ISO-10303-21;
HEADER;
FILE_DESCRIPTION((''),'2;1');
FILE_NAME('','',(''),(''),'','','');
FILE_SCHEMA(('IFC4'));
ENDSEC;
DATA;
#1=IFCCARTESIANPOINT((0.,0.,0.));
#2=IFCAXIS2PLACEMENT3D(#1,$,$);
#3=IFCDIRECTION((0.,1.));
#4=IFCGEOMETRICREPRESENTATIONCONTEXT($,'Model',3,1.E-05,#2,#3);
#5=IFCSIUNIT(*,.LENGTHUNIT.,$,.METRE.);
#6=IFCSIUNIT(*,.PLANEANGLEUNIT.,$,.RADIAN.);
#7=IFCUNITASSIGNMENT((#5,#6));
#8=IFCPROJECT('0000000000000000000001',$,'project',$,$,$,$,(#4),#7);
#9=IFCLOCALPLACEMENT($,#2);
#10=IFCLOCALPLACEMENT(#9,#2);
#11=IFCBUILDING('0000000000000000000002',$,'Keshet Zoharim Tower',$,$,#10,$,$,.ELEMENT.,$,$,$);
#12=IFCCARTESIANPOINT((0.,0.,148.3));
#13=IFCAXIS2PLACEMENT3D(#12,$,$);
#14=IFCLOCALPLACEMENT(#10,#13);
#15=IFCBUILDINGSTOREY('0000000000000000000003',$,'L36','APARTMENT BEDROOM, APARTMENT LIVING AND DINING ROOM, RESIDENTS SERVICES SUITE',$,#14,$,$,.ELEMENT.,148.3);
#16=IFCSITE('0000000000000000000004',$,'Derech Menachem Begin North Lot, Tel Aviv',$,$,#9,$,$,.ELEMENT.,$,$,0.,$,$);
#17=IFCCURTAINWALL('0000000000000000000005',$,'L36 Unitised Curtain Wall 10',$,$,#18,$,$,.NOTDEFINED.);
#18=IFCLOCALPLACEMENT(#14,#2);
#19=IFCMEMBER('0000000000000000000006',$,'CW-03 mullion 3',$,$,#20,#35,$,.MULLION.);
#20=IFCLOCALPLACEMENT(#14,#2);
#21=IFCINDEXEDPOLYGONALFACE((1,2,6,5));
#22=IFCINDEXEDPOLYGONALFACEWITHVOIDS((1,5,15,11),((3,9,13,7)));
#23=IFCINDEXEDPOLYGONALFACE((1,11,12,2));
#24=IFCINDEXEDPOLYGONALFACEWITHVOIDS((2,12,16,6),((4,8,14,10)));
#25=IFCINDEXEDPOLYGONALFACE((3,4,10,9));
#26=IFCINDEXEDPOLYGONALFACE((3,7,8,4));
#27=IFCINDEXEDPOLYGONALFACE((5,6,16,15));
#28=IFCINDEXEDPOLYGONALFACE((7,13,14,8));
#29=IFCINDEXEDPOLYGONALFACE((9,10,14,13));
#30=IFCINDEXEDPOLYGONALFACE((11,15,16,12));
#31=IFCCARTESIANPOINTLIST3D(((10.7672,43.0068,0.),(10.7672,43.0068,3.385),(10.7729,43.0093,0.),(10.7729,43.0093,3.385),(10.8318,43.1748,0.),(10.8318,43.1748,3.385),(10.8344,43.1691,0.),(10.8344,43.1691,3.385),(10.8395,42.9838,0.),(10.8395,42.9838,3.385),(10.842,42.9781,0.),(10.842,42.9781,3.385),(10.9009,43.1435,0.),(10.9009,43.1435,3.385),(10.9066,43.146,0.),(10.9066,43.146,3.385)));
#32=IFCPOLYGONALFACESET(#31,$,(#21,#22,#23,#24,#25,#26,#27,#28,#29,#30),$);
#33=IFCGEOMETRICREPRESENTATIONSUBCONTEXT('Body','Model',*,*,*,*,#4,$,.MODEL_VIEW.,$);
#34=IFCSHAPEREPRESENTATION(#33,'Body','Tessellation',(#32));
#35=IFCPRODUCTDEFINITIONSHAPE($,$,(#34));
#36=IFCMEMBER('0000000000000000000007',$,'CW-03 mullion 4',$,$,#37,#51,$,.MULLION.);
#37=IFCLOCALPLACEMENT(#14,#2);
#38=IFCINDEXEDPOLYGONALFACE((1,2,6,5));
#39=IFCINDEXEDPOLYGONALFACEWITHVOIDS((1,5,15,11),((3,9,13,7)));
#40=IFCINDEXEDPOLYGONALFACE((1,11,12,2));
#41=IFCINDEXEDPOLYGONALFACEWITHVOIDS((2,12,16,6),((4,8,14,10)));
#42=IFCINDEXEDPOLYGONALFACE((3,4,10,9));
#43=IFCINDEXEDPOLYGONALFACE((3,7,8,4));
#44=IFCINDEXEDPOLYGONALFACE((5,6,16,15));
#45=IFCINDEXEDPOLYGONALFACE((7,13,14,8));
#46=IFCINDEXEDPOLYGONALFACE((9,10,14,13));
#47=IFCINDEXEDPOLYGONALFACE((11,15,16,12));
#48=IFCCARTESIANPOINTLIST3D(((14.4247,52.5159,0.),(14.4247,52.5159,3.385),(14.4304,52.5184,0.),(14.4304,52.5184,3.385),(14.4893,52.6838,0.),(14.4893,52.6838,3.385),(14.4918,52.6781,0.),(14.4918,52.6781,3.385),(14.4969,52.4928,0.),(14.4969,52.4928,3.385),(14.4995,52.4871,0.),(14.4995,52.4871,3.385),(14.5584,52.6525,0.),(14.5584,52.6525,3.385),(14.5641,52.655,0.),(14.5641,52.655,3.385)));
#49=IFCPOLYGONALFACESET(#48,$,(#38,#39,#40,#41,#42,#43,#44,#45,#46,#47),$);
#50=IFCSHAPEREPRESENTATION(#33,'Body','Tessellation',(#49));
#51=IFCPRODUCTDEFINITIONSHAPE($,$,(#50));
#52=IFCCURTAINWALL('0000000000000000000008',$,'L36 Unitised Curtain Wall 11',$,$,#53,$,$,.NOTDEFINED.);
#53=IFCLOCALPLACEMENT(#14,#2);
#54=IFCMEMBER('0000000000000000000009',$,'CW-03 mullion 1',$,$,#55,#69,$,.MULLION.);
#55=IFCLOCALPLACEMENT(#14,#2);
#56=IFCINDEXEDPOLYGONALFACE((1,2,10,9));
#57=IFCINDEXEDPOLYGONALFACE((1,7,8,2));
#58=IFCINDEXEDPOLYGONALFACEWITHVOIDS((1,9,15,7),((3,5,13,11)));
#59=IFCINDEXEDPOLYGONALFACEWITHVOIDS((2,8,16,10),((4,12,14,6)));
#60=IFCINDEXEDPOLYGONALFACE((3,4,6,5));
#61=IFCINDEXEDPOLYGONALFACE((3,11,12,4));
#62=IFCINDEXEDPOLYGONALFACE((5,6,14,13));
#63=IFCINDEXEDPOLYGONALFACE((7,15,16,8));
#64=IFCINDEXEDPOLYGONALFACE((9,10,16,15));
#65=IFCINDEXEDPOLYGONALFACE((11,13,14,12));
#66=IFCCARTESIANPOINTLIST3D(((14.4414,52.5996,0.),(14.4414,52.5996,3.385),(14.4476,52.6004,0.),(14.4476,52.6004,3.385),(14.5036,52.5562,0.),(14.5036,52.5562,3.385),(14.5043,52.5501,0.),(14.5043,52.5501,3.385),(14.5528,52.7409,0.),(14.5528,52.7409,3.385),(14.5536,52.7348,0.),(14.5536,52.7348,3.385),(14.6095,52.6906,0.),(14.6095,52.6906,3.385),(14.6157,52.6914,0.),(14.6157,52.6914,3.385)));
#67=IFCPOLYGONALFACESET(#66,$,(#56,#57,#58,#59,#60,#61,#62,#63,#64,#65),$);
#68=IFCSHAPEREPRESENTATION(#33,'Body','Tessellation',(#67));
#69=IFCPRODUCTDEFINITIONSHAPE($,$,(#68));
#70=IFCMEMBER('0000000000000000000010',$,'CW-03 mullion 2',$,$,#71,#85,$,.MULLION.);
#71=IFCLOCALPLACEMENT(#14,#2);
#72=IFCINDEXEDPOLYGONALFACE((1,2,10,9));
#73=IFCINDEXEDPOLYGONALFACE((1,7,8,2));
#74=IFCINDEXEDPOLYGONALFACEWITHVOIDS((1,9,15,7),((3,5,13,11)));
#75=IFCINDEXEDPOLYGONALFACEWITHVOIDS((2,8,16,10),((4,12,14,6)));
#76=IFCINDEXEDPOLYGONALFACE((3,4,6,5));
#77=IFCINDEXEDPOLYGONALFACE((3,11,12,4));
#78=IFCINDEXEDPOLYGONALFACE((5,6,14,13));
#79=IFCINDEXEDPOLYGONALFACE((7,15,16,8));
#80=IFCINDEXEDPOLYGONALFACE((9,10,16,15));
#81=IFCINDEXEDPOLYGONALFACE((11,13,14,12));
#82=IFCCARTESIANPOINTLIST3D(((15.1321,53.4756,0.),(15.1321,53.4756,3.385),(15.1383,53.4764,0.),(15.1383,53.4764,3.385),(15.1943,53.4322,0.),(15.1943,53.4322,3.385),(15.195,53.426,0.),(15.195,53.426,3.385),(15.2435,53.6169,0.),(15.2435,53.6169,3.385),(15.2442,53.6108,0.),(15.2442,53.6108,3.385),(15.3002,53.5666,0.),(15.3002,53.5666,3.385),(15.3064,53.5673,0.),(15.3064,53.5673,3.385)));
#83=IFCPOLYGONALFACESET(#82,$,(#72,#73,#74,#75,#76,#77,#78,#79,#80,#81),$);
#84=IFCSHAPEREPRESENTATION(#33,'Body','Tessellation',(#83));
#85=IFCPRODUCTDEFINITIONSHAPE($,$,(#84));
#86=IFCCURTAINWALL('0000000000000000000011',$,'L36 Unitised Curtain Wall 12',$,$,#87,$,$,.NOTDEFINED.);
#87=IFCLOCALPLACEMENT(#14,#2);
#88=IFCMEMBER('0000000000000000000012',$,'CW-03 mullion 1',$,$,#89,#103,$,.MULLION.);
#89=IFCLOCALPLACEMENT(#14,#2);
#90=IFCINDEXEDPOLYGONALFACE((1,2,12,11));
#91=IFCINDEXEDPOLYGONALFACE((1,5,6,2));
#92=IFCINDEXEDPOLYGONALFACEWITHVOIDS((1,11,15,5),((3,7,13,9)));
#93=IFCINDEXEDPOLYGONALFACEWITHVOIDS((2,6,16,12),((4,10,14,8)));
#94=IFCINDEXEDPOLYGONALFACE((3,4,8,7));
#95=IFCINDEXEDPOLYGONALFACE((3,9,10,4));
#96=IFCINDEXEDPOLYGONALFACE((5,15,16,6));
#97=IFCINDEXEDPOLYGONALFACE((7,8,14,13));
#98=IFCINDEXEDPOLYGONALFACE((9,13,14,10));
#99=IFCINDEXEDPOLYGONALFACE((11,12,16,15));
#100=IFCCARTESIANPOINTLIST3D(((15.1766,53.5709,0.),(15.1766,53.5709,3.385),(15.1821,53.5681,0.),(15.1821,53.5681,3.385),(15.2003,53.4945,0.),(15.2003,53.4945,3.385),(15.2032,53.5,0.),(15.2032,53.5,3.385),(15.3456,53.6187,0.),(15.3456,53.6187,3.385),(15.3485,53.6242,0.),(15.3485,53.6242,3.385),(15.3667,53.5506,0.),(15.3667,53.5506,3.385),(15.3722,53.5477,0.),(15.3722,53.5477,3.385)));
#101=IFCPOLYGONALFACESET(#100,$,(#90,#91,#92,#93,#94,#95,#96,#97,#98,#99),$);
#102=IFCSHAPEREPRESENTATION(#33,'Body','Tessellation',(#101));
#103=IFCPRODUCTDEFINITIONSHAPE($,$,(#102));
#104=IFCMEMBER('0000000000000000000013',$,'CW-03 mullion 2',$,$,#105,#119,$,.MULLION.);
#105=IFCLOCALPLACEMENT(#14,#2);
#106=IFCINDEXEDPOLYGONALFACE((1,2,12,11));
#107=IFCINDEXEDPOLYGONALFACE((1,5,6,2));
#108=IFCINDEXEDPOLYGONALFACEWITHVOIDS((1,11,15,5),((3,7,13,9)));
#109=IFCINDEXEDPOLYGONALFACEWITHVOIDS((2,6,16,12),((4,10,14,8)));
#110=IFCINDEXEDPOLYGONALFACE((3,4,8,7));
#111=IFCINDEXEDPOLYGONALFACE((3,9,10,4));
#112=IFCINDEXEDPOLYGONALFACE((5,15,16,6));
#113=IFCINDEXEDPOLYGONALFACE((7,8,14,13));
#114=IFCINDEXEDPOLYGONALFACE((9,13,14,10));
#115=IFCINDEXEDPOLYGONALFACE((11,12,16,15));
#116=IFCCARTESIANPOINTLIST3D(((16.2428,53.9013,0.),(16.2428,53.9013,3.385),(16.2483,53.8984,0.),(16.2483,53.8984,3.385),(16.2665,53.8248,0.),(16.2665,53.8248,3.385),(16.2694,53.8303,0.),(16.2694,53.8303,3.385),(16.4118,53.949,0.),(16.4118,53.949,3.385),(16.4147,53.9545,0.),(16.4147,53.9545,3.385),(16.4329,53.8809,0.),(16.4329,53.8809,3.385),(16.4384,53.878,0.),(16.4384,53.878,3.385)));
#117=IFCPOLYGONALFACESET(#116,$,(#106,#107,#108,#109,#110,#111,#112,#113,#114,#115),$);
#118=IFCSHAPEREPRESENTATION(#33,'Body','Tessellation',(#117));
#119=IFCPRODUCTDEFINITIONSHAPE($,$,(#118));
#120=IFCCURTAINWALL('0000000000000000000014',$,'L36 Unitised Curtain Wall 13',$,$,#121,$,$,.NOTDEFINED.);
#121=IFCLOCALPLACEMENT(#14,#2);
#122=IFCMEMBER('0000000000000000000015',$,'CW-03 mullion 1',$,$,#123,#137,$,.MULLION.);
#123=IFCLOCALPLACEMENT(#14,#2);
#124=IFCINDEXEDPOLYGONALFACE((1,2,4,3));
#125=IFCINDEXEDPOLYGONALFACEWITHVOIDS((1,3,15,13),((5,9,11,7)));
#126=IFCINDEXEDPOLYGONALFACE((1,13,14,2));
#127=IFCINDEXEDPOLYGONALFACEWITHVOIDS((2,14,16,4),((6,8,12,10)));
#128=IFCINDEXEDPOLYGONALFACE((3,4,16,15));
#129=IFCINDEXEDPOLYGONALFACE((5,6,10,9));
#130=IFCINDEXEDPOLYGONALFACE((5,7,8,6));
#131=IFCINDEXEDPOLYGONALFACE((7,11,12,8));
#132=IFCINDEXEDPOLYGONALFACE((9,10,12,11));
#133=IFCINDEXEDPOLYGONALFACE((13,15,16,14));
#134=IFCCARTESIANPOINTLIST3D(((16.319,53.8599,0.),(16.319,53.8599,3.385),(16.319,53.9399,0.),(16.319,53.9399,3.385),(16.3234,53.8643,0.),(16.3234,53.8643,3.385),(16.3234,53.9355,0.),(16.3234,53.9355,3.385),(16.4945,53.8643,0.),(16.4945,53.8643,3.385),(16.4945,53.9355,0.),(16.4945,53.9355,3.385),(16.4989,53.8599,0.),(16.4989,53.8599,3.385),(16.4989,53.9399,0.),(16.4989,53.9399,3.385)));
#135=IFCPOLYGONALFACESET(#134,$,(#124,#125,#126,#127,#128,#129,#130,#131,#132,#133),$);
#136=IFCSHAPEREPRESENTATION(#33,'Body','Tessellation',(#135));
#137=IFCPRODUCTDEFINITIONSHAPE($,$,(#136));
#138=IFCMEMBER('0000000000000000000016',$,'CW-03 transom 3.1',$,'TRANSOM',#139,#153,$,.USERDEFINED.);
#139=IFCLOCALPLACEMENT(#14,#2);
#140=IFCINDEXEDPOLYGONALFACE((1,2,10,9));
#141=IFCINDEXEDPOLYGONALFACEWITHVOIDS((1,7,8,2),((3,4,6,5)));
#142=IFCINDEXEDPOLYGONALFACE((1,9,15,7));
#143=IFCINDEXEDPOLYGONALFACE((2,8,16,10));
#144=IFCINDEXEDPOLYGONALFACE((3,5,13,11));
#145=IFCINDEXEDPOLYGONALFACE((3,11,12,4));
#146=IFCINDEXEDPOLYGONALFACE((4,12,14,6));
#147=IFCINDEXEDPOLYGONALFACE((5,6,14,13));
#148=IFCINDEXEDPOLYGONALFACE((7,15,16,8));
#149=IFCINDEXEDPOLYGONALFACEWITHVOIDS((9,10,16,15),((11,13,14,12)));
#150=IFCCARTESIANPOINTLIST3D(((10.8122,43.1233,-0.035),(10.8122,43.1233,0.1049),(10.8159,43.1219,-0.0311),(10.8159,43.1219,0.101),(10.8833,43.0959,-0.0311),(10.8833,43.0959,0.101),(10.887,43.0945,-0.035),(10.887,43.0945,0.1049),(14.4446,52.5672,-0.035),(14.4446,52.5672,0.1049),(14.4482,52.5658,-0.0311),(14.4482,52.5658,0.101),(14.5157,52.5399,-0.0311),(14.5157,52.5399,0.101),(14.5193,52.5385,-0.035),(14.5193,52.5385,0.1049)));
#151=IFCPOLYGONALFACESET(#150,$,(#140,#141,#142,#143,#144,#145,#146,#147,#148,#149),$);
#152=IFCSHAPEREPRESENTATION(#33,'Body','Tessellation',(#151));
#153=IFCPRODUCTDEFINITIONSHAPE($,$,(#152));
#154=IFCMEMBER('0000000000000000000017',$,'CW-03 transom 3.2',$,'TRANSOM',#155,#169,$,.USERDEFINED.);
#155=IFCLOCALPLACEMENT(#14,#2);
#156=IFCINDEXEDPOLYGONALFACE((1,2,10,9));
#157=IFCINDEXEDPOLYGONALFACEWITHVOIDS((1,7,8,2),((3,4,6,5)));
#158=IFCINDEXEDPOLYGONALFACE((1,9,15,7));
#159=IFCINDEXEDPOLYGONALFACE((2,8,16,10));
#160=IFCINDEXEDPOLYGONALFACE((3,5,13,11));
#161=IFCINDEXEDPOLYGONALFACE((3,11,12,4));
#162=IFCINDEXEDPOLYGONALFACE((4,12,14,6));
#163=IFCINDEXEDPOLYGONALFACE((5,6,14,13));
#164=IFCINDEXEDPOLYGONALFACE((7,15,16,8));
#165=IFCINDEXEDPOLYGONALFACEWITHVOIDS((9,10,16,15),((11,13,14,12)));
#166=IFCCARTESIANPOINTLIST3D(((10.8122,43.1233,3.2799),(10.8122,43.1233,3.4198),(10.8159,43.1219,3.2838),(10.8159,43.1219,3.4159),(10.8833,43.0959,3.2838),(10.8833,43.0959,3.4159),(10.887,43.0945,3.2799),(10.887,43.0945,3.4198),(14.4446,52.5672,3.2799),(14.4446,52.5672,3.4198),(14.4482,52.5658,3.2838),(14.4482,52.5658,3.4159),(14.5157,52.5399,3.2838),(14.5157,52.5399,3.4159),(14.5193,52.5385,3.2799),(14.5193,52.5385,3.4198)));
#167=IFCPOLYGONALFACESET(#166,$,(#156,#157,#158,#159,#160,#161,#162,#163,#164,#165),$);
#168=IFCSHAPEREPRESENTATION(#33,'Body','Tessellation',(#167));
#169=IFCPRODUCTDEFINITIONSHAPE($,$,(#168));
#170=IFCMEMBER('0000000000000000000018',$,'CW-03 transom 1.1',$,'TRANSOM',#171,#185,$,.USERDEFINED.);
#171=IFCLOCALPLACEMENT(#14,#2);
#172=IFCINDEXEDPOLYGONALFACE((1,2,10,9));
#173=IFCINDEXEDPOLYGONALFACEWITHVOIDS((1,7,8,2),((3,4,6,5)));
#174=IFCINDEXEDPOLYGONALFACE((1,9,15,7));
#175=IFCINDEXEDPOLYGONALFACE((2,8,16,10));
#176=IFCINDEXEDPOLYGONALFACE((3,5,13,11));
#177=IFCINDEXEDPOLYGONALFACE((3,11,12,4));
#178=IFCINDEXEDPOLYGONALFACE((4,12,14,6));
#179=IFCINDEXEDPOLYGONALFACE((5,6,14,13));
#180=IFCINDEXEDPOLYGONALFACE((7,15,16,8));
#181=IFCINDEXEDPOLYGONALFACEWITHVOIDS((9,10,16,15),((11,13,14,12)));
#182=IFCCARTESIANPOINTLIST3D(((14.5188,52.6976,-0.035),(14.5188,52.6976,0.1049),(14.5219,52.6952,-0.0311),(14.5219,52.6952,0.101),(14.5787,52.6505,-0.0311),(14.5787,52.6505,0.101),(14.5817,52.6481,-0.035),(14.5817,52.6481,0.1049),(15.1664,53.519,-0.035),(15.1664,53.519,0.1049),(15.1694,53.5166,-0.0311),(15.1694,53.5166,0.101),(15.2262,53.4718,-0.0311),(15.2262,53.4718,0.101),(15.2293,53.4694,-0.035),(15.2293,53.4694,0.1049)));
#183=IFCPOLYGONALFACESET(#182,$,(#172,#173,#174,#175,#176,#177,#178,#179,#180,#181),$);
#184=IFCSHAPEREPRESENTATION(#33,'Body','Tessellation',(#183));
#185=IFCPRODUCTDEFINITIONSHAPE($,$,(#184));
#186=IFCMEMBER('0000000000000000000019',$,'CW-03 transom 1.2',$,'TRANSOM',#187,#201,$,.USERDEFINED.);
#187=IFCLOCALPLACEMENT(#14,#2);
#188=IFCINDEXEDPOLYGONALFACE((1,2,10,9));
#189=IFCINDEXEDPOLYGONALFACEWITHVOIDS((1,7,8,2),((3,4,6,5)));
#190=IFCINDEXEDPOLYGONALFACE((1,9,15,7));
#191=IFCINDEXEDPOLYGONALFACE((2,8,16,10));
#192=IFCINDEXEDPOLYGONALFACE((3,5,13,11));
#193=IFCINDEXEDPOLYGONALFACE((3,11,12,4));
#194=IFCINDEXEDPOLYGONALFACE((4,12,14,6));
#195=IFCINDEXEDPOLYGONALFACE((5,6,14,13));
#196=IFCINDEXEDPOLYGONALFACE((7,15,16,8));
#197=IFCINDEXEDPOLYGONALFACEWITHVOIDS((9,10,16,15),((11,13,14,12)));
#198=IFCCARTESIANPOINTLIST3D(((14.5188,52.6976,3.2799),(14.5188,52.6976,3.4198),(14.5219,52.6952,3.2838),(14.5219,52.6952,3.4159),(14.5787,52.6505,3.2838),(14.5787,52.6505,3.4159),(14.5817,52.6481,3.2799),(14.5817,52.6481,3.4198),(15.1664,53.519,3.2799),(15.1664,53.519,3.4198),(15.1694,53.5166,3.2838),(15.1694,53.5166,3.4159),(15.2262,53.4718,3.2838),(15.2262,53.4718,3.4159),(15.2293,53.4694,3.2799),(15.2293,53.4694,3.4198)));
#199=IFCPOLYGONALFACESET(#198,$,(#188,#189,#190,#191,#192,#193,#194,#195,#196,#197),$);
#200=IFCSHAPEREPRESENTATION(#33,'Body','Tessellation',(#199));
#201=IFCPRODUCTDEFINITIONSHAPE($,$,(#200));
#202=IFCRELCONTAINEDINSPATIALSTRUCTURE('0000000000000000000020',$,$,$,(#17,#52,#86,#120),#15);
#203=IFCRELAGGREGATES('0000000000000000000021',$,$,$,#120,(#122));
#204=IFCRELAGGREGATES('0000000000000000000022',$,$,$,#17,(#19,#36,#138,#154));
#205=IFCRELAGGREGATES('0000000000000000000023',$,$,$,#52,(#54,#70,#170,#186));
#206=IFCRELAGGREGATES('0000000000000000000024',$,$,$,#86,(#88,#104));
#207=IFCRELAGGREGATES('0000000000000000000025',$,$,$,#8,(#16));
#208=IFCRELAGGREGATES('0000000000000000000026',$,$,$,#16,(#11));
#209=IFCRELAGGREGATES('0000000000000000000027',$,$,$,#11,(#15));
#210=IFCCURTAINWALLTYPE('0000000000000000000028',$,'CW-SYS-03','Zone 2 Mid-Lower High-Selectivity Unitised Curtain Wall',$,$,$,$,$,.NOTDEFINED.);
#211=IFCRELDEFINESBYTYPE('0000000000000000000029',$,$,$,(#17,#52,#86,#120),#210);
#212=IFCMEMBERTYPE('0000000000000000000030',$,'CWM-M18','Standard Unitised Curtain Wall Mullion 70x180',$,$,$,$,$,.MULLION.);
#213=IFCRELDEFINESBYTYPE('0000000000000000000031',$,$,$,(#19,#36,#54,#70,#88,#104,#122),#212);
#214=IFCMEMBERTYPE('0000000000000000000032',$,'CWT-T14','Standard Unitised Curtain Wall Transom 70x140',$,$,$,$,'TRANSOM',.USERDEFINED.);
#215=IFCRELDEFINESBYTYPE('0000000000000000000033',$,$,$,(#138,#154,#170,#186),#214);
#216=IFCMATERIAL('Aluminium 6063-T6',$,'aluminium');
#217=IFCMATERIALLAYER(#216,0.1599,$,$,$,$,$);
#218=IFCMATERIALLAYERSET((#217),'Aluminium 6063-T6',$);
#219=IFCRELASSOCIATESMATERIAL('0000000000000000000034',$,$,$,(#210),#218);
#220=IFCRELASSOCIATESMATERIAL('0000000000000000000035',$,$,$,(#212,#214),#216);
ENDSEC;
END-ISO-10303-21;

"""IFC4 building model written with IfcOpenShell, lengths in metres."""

from ifc_helpers import new_model, si_unit, direction, frame, origin, origin_2d, place, context, subcontext, project, spatial, hollow_rectangle, extrude, material, layer, layer_set, material_profile, profile_set, type_object, element, aggregate, save


model = new_model("IFC4")

# Units and contexts
model_context = context("Model", 3, precision=1e-05, world=origin(), true_north=direction((0.0, 1.0)))
body_context = subcontext(model_context, "Body", "Model", "MODEL_VIEW")
ifc_project = project(units=[si_unit("LENGTHUNIT", "METRE"), si_unit("PLANEANGLEUNIT", "RADIAN")], contexts=[model_context])

# Site, building, storey
site_placement = place(None, origin())
site = spatial("IfcSite", under=ifc_project, at=site_placement, Name="Derech Menachem Begin North Lot, Tel Aviv", CompositionType="ELEMENT", RefElevation=0.0)
building_placement = place(site_placement, origin())
building = spatial("IfcBuilding", under=site, at=building_placement, Name="Keshet Zoharim Tower", CompositionType="ELEMENT")
storey_placement = place(building_placement, frame((0.0, 0.0, 148.3)))
storey = spatial("IfcBuildingStorey", under=building, at=storey_placement, Name="L36", Description="APARTMENT BEDROOM, APARTMENT LIVING AND DINING ROOM, RESIDENTS SERVICES SUITE", CompositionType="ELEMENT", Elevation=148.3)

# Curtain walls, members
ifc_material_1 = material(Name="Aluminium 6063-T6", Category="aluminium")
ifc_layer_1 = layer(ifc_material_1, 0.1599)
ifc_layer_set_1 = layer_set([ifc_layer_1], Name="Aluminium 6063-T6")
curtain_wall_type = type_object("IfcCurtainWallType", Name="CW-SYS-03", Description="Zone 2 Mid-Lower High-Selectivity Unitised Curtain Wall", PredefinedType="NOTDEFINED", material=ifc_layer_set_1)
curtain_wall_1_placement = place(storey_placement, origin())
curtain_wall_1 = element("IfcCurtainWall", 1, at=curtain_wall_1_placement, inside=storey, type_object=curtain_wall_type, Name="L36 Unitised Curtain Wall 10", PredefinedType="NOTDEFINED")
ifc_material_profile_1 = material_profile(ifc_material_1, hollow_rectangle(XDim=0.0801, YDim=0.1799, WallThickness=0.0044, at=origin_2d()), Name="MUL-80x180")
ifc_profile_set_1 = profile_set([ifc_material_profile_1], Name="Aluminium 6063-T6")
member_type_1 = type_object("IfcMemberType", Name="CWM-M18", Description="Standard Unitised Curtain Wall Mullion 70x180", PredefinedType="MULLION", material=ifc_profile_set_1)
member_1_placement = place(storey_placement, frame((10.8369, 43.0764, 0.0), z_axis=(0.0, 0.0, 1.0), x_axis=(-0.933341, 0.35899, 0.0)))
member_1 = element("IfcMember", 2, at=member_1_placement, type_object=member_type_1, Name="CW-03 mullion 3", PredefinedType="MULLION", context=body_context, shape_type="SweptSolid", body=[
    extrude(hollow_rectangle(XDim=0.0801, YDim=0.1799, WallThickness=0.0044, at=origin_2d()), origin(), (0.0, 0.0, 1.0), 3.385),
])
member_2_placement = place(storey_placement, frame((14.4944, 52.5854, 0.0), z_axis=(0.0, 0.0, 1.0), x_axis=(-0.933341, 0.35899, 0.0)))
member_2 = element("IfcMember", 3, at=member_2_placement, type_object=member_type_1, Name="CW-03 mullion 4", PredefinedType="MULLION", context=body_context, shape_type="SweptSolid", body=[
    extrude(hollow_rectangle(XDim=0.0801, YDim=0.1799, WallThickness=0.0044, at=origin_2d()), origin(), (0.0, 0.0, 1.0), 3.385),
])
curtain_wall_2_placement = place(storey_placement, origin())
curtain_wall_2 = element("IfcCurtainWall", 4, at=curtain_wall_2_placement, inside=storey, type_object=curtain_wall_type, Name="L36 Unitised Curtain Wall 11", PredefinedType="NOTDEFINED")
member_3_placement = place(storey_placement, frame((14.5286, 52.6455, 0.0), z_axis=(0.0, 0.0, 1.0), x_axis=(-0.785293, 0.619125, 0.0)))
member_3 = element("IfcMember", 5, at=member_3_placement, type_object=member_type_1, Name="CW-03 mullion 1", PredefinedType="MULLION", context=body_context, shape_type="SweptSolid", body=[
    extrude(hollow_rectangle(XDim=0.0801, YDim=0.1799, WallThickness=0.0044, at=origin_2d()), origin(), (0.0, 0.0, 1.0), 3.385),
])
member_4_placement = place(storey_placement, frame((15.2192, 53.5215, 0.0), z_axis=(0.0, 0.0, 1.0), x_axis=(-0.785293, 0.619125, 0.0)))
member_4 = element("IfcMember", 6, at=member_4_placement, type_object=member_type_1, Name="CW-03 mullion 2", PredefinedType="MULLION", context=body_context, shape_type="SweptSolid", body=[
    extrude(hollow_rectangle(XDim=0.0801, YDim=0.1799, WallThickness=0.0044, at=origin_2d()), origin(), (0.0, 0.0, 1.0), 3.385),
])
curtain_wall_3_placement = place(storey_placement, origin())
curtain_wall_3 = element("IfcCurtainWall", 7, at=curtain_wall_3_placement, inside=storey, type_object=curtain_wall_type, Name="L36 Unitised Curtain Wall 12", PredefinedType="NOTDEFINED")
member_5_placement = place(storey_placement, frame((15.2744, 53.5593, 0.0), z_axis=(0.0, 0.0, 1.0), x_axis=(-0.295922, 0.955212, 0.0)))
member_5 = element("IfcMember", 8, at=member_5_placement, type_object=member_type_1, Name="CW-03 mullion 1", PredefinedType="MULLION", context=body_context, shape_type="SweptSolid", body=[
    extrude(hollow_rectangle(XDim=0.0801, YDim=0.1799, WallThickness=0.0044, at=origin_2d()), origin(), (0.0, 0.0, 1.0), 3.385),
])
member_6_placement = place(storey_placement, frame((16.3406, 53.8896, 0.0), z_axis=(0.0, 0.0, 1.0), x_axis=(-0.295922, 0.955212, 0.0)))
member_6 = element("IfcMember", 9, at=member_6_placement, type_object=member_type_1, Name="CW-03 mullion 2", PredefinedType="MULLION", context=body_context, shape_type="SweptSolid", body=[
    extrude(hollow_rectangle(XDim=0.0801, YDim=0.1799, WallThickness=0.0044, at=origin_2d()), origin(), (0.0, 0.0, 1.0), 3.385),
])

# Curtain wall, member
curtain_wall_4_placement = place(storey_placement, origin())
curtain_wall_4 = element("IfcCurtainWall", 10, at=curtain_wall_4_placement, inside=storey, type_object=curtain_wall_type, Name="L36 Unitised Curtain Wall 13", PredefinedType="NOTDEFINED")
member_7_placement = place(storey_placement, frame((16.4089, 53.8999, 0.0), z_axis=(0.0, 0.0, 1.0), x_axis=(0.0, 1.0, 0.0)))
member_7 = element("IfcMember", 11, at=member_7_placement, type_object=member_type_1, Name="CW-03 mullion 1", PredefinedType="MULLION", context=body_context, shape_type="SweptSolid", body=[
    extrude(hollow_rectangle(XDim=0.0801, YDim=0.1799, WallThickness=0.0044, at=origin_2d()), origin(), (0.0, 0.0, 1.0), 3.385),
])

# Members
ifc_material_profile_2 = material_profile(ifc_material_1, hollow_rectangle(XDim=0.0801, YDim=0.1399, WallThickness=0.0039, at=origin_2d()), Name="TRN-80x140")
ifc_profile_set_2 = profile_set([ifc_material_profile_2], Name="Aluminium 6063-T6")
member_type_2 = type_object("IfcMemberType", Name="CWT-T14", Description="Standard Unitised Curtain Wall Transom 70x140", ElementType="TRANSOM", PredefinedType="USERDEFINED", material=ifc_profile_set_2)
member_8_placement = place(storey_placement, frame((10.8496, 43.1089, 0.0349), z_axis=(0.358986, 0.933343, 0.0), x_axis=(-0.933343, 0.358986, 0.0)))
member_8 = element("IfcMember", 12, at=member_8_placement, type_object=member_type_2, Name="CW-03 transom 3.1", ObjectType="TRANSOM", PredefinedType="USERDEFINED", context=body_context, shape_type="SweptSolid", body=[
    extrude(hollow_rectangle(XDim=0.0801, YDim=0.1399, WallThickness=0.0039, at=origin_2d()), origin(), (0.0, 0.0, 1.0), 10.1184),
])
member_9_placement = place(storey_placement, frame((10.8496, 43.1089, 3.3499), z_axis=(0.358986, 0.933343, 0.0), x_axis=(-0.933343, 0.358986, 0.0)))
member_9 = element("IfcMember", 13, at=member_9_placement, type_object=member_type_2, Name="CW-03 transom 3.2", ObjectType="TRANSOM", PredefinedType="USERDEFINED", context=body_context, shape_type="SweptSolid", body=[
    extrude(hollow_rectangle(XDim=0.0801, YDim=0.1399, WallThickness=0.0039, at=origin_2d()), origin(), (0.0, 0.0, 1.0), 10.1184),
])
member_10_placement = place(storey_placement, frame((14.5503, 52.6729, 0.0349), z_axis=(0.619099, 0.785313, 0.0), x_axis=(-0.785313, 0.619099, 0.0)))
member_10 = element("IfcMember", 14, at=member_10_placement, type_object=member_type_2, Name="CW-03 transom 1.1", ObjectType="TRANSOM", PredefinedType="USERDEFINED", context=body_context, shape_type="SweptSolid", body=[
    extrude(hollow_rectangle(XDim=0.0801, YDim=0.1399, WallThickness=0.0039, at=origin_2d()), origin(), (0.0, 0.0, 1.0), 1.0459),
])
member_11_placement = place(storey_placement, frame((14.5503, 52.6729, 3.3499), z_axis=(0.619099, 0.785313, 0.0), x_axis=(-0.785313, 0.619099, 0.0)))
member_11 = element("IfcMember", 15, at=member_11_placement, type_object=member_type_2, Name="CW-03 transom 1.2", ObjectType="TRANSOM", PredefinedType="USERDEFINED", context=body_context, shape_type="SweptSolid", body=[
    extrude(hollow_rectangle(XDim=0.0801, YDim=0.1399, WallThickness=0.0039, at=origin_2d()), origin(), (0.0, 0.0, 1.0), 1.0459),
])
aggregate(curtain_wall_4, [member_7])

aggregate(curtain_wall_1, [member_1, member_2, member_8, member_9])
aggregate(curtain_wall_2, [member_3, member_4, member_10, member_11])
aggregate(curtain_wall_3, [member_5, member_6])

save(model, "model.ifc")
